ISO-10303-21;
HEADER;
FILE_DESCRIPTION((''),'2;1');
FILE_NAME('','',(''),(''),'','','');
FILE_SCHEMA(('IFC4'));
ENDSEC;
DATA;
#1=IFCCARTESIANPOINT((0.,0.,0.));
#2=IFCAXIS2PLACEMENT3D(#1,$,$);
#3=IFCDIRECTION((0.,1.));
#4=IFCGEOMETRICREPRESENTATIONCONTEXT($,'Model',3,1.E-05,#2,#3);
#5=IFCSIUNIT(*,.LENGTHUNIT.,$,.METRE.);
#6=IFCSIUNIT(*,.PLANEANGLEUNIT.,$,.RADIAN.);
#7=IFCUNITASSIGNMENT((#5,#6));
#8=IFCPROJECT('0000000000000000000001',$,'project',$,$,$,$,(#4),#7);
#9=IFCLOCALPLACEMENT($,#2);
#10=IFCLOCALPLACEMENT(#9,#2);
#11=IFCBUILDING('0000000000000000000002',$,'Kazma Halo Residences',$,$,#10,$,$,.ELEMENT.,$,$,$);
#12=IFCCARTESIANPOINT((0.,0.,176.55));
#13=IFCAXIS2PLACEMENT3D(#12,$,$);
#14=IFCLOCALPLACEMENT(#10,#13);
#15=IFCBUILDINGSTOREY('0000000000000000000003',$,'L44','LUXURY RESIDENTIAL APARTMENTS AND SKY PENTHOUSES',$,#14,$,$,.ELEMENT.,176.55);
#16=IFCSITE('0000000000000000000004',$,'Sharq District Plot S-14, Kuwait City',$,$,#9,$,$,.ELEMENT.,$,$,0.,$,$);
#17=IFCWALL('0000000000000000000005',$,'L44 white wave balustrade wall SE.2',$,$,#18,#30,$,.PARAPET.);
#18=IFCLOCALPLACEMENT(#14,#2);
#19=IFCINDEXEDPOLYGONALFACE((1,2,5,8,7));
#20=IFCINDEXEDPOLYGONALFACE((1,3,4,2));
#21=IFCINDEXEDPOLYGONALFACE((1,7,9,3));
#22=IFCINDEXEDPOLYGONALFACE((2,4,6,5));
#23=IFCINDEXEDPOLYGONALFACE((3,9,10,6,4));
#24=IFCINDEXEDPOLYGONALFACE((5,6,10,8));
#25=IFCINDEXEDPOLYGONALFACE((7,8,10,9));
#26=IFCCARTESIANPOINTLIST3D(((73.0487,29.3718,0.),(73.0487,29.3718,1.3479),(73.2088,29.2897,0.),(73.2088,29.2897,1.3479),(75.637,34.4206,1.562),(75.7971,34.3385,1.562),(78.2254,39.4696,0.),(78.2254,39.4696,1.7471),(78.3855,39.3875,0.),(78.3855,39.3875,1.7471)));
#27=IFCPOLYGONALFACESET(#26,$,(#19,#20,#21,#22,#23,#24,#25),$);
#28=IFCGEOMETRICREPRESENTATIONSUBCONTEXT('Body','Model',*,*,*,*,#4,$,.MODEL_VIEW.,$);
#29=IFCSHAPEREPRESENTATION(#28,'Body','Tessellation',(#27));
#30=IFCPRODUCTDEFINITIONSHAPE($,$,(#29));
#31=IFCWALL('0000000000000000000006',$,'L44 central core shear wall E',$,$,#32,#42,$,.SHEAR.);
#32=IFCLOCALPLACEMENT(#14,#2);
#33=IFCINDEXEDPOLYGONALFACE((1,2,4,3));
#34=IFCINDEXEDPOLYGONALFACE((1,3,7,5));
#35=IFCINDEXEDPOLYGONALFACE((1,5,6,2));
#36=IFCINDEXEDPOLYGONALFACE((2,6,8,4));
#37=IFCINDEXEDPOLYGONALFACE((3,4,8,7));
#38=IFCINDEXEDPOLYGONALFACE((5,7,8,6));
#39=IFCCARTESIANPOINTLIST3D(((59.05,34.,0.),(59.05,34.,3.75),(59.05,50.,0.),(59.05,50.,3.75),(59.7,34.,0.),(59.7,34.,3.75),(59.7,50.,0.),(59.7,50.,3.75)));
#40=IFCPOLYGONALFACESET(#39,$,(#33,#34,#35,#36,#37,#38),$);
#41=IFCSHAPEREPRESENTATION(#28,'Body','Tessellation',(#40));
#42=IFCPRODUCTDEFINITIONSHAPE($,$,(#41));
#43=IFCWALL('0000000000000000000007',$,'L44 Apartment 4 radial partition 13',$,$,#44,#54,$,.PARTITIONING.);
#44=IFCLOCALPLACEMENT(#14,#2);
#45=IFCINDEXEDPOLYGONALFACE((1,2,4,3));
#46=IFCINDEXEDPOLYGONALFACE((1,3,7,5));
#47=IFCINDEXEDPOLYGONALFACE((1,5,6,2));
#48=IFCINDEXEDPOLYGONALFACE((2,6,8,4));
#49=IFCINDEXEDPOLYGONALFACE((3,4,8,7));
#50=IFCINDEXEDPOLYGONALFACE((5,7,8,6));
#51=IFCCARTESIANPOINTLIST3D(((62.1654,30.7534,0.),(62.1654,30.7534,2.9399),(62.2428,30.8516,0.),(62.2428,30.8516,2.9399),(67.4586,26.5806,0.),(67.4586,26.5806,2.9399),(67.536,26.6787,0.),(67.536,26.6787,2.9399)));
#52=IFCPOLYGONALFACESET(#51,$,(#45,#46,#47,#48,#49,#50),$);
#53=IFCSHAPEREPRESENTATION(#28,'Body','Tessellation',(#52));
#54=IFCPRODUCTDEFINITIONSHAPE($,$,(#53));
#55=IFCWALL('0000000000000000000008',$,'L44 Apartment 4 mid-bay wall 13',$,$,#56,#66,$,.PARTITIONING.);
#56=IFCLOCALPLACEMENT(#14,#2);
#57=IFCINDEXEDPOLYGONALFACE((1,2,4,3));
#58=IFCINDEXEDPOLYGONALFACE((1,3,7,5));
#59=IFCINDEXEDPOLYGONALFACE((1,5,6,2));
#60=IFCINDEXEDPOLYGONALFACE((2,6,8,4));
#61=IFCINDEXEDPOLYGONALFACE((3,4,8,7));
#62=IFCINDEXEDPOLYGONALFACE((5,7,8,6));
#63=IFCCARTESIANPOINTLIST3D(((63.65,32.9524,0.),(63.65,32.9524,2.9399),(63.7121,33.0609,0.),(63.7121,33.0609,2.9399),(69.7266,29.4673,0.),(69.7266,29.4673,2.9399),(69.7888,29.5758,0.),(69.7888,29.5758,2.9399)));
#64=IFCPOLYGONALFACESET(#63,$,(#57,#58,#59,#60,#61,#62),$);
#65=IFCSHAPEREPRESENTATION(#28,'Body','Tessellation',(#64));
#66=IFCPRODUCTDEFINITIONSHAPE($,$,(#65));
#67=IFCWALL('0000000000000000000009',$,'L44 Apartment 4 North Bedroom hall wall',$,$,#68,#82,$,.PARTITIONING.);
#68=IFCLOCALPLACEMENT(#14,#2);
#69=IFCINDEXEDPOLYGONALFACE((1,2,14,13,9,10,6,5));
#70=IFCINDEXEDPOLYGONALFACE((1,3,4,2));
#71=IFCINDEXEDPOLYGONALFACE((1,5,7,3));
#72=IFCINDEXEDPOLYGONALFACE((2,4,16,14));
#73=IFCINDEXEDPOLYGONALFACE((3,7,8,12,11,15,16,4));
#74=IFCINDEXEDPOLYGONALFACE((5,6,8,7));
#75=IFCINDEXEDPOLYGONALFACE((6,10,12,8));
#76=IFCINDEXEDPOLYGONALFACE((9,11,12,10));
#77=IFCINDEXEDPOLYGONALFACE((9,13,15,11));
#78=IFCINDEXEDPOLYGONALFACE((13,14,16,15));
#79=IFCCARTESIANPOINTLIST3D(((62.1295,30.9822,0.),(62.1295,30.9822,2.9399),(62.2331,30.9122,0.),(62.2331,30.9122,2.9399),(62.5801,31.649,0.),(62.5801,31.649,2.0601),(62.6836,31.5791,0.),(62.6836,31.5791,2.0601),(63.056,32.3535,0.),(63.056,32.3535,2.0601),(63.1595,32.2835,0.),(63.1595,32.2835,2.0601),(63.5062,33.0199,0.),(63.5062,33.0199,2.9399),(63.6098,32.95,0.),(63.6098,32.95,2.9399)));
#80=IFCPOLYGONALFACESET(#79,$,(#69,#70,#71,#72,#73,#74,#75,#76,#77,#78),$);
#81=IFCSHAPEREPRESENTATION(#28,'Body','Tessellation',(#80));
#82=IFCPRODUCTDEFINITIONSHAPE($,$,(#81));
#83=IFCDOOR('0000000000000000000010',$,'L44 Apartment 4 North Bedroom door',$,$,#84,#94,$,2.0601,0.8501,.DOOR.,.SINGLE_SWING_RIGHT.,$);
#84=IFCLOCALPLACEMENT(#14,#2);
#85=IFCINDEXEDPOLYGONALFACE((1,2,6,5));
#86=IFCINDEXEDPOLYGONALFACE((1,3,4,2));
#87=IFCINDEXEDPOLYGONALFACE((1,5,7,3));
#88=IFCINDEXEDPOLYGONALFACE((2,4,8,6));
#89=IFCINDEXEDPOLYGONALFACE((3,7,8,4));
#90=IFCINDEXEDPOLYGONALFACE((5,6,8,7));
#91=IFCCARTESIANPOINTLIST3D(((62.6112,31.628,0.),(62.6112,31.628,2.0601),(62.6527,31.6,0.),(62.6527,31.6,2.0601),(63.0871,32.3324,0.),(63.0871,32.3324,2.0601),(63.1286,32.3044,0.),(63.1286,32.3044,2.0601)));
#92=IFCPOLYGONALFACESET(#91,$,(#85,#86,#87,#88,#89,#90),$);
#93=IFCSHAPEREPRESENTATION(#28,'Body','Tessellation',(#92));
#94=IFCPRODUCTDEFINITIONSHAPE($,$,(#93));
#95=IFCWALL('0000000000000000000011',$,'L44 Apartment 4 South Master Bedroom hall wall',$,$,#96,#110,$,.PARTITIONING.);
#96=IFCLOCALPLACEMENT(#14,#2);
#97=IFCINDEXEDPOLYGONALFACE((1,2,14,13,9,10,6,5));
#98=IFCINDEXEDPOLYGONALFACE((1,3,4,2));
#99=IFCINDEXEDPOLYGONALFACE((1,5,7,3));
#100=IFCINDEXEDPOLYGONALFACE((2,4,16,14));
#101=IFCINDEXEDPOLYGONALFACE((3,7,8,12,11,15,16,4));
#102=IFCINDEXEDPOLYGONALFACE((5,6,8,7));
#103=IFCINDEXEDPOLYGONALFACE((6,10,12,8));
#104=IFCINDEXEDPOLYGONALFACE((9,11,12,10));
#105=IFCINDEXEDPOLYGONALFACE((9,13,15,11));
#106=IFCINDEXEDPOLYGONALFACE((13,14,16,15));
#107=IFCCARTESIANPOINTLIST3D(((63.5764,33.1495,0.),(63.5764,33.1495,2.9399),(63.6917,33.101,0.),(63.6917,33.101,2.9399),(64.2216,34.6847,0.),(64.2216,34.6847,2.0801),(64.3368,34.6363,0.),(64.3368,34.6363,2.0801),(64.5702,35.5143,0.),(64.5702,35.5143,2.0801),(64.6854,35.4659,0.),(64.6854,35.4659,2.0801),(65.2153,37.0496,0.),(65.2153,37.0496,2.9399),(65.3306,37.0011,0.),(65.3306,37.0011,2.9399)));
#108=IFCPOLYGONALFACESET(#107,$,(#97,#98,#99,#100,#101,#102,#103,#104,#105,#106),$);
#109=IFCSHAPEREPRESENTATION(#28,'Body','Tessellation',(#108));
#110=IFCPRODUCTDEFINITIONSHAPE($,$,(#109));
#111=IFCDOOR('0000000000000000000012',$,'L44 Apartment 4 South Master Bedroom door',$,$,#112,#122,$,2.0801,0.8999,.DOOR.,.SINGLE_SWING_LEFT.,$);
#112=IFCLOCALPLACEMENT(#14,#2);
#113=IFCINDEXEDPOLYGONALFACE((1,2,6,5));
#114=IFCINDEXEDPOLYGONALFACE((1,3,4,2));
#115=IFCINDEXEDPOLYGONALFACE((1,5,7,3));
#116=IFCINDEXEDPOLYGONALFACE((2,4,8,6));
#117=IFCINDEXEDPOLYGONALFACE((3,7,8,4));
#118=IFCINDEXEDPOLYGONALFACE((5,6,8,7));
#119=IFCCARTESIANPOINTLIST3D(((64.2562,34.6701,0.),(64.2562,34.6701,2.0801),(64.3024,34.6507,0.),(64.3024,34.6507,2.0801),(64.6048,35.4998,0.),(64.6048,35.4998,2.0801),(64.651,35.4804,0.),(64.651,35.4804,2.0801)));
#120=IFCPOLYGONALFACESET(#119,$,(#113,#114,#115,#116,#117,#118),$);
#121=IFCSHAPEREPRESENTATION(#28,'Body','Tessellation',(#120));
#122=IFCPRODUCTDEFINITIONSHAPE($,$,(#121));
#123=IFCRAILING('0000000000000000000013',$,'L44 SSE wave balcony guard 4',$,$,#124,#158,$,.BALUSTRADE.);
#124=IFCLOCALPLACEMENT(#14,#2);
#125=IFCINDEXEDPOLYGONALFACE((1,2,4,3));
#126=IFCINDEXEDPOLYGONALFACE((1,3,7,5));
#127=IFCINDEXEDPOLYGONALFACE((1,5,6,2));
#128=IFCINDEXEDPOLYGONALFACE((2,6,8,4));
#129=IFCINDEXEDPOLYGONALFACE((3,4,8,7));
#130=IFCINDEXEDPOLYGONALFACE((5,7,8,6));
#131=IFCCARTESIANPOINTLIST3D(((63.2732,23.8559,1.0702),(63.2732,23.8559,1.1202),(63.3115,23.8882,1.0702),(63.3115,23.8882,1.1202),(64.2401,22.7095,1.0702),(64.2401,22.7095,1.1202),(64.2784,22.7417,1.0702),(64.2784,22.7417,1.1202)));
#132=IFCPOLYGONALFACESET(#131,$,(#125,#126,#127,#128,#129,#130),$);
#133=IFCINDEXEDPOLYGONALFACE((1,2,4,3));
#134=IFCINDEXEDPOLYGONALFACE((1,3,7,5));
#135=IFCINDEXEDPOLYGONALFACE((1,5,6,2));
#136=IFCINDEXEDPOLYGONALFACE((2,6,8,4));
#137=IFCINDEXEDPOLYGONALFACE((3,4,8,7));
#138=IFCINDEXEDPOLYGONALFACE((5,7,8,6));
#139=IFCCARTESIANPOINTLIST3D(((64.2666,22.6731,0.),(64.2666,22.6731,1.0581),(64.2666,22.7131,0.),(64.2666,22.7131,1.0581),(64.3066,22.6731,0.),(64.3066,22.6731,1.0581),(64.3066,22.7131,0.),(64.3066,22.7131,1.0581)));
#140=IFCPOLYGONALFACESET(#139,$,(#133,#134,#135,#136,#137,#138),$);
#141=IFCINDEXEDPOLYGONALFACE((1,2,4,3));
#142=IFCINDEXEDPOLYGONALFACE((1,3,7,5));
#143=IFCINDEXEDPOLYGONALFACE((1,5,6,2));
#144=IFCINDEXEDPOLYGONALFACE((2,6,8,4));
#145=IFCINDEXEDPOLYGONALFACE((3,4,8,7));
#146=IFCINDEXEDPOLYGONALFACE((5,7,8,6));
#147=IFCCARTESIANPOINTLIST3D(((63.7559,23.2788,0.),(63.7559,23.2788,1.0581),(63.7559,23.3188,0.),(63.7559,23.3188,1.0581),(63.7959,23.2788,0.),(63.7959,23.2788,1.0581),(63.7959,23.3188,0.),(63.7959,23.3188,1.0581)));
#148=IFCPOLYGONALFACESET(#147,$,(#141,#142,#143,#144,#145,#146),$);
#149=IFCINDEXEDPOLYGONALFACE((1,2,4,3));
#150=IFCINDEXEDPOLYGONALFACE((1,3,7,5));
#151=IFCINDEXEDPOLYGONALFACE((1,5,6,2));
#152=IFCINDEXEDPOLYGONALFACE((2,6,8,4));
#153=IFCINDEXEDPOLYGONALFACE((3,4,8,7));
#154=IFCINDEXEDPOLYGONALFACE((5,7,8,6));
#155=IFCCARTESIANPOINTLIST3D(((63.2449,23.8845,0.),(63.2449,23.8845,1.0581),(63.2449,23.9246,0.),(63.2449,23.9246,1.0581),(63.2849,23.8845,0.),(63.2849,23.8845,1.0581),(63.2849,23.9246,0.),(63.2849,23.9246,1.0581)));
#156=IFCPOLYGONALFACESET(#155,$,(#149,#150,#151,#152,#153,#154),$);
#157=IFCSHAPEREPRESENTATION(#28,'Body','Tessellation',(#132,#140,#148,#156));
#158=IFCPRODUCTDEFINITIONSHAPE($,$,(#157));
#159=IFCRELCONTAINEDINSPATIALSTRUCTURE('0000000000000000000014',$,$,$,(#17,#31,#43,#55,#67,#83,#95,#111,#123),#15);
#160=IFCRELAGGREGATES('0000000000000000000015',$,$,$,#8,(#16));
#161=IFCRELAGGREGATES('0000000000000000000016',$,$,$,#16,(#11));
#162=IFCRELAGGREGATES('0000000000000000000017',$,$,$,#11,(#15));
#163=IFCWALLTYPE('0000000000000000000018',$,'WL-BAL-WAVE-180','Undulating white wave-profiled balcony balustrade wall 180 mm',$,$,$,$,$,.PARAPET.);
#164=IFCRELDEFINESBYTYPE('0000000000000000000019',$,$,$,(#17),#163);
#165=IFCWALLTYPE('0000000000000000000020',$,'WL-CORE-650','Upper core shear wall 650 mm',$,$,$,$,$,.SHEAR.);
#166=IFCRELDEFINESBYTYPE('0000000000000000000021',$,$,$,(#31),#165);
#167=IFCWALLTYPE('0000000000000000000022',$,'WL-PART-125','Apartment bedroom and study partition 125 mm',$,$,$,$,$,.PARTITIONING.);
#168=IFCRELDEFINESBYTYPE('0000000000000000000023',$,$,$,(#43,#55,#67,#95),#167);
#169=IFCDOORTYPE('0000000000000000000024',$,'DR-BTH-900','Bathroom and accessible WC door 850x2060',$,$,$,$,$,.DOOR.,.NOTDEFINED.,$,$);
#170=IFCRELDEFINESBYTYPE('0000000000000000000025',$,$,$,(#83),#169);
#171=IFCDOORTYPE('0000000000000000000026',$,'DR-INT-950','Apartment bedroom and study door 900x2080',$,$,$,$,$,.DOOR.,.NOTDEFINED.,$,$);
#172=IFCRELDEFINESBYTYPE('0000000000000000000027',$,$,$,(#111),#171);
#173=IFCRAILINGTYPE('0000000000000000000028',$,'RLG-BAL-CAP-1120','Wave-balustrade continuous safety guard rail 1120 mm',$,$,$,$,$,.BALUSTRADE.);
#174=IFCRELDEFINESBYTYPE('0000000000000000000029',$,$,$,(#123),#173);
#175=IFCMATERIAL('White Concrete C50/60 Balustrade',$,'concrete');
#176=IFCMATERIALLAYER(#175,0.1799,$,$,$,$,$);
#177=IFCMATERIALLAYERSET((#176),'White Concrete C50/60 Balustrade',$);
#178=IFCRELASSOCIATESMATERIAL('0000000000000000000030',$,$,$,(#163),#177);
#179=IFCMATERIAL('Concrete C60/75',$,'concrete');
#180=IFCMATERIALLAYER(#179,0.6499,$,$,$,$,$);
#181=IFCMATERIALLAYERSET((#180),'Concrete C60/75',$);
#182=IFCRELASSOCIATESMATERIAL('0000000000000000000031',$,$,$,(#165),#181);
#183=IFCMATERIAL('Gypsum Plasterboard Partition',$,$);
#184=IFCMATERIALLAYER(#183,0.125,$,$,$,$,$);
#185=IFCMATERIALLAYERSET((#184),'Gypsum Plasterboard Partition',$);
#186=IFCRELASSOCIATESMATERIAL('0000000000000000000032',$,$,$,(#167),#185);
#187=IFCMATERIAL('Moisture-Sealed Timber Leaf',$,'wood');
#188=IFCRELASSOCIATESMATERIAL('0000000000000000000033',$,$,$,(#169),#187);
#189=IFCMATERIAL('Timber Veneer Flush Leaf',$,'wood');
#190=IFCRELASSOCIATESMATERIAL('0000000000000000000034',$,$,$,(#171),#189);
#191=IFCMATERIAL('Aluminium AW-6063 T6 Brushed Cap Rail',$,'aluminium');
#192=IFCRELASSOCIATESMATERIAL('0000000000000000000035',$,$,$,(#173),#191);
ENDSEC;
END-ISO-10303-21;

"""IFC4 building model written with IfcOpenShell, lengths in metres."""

from ifc_helpers import new_model, si_unit, direction, frame, frame_2d, origin, origin_2d, place, context, subcontext, project, spatial, polyline, rectangle, outline, extrude, material, layer, layer_set, type_object, element, fill, save


model = new_model("IFC4")

# Units and contexts
model_context = context("Model", 3, precision=1e-05, world=origin(), true_north=direction((0.0, 1.0)))
body_context = subcontext(model_context, "Body", "Model", "MODEL_VIEW")
ifc_project = project(units=[si_unit("LENGTHUNIT", "METRE"), si_unit("PLANEANGLEUNIT", "RADIAN")], contexts=[model_context])

# Site, building, storey
site_placement = place(None, origin())
site = spatial("IfcSite", under=ifc_project, at=site_placement, Name="Sharq District Plot S-14, Kuwait City", CompositionType="ELEMENT", RefElevation=0.0)
building_placement = place(site_placement, origin())
building = spatial("IfcBuilding", under=site, at=building_placement, Name="Kazma Halo Residences", CompositionType="ELEMENT")
storey_placement = place(building_placement, frame((0.0, 0.0, 176.55)))
storey = spatial("IfcBuildingStorey", under=building, at=storey_placement, Name="L44", Description="LUXURY RESIDENTIAL APARTMENTS AND SKY PENTHOUSES", CompositionType="ELEMENT", Elevation=176.55)

# Walls
ifc_material_1 = material(Name="White Concrete C50/60 Balustrade", Category="concrete")
ifc_layer_1 = layer(ifc_material_1, 0.1799)
ifc_layer_set_1 = layer_set([ifc_layer_1], Name="White Concrete C50/60 Balustrade")
wall_type_1 = type_object("IfcWallType", Name="WL-BAL-WAVE-180", Description="Undulating white wave-profiled balcony balustrade wall 180 mm", PredefinedType="PARAPET", material=ifc_layer_set_1)
wall_1_placement = place(storey_placement, frame((73.1287, 29.3308, 0.0), z_axis=(0.0, 0.0, 1.0), x_axis=(0.456201, 0.889877, 0.0)))
element("IfcWall", 1, at=wall_1_placement, inside=storey, type_object=wall_type_1, Name="L44 white wave balustrade wall SE.2", PredefinedType="PARAPET", context=body_context, shape_type="SweptSolid", body=[
    extrude(outline(polyline([(0.0, 0.0), (11.3474, 0.0), (11.3474, 1.7471), (5.6736, 1.562), (0.0, 1.3479), (0.0, 0.0)])), frame((0.0, 0.0898, 0.0), z_axis=(0.0, -1.0, 0.0), x_axis=(1.0, 0.0, 0.0)), (0.0, 0.0, 1.0), 0.1799),
])
ifc_material_2 = material(Name="Concrete C60/75", Category="concrete")
ifc_layer_2 = layer(ifc_material_2, 0.6499)
ifc_layer_set_2 = layer_set([ifc_layer_2], Name="Concrete C60/75")
wall_type_2 = type_object("IfcWallType", Name="WL-CORE-650", Description="Upper core shear wall 650 mm", PredefinedType="SHEAR", material=ifc_layer_set_2)
wall_2_placement = place(storey_placement, frame((59.375, 34.0, 0.0), z_axis=(0.0, 0.0, 1.0), x_axis=(0.0, 1.0, 0.0)))
element("IfcWall", 2, at=wall_2_placement, inside=storey, type_object=wall_type_2, Name="L44 central core shear wall E", PredefinedType="SHEAR", context=body_context, shape_type="SweptSolid", body=[
    extrude(rectangle(XDim=16.0, YDim=0.6499, at=frame_2d((8.0, 0.0))), origin(), (0.0, 0.0, 1.0), 3.75),
])

# Walls
ifc_material_3 = material(Name="Gypsum Plasterboard Partition")
ifc_layer_3 = layer(ifc_material_3, 0.125)
ifc_layer_set_3 = layer_set([ifc_layer_3], Name="Gypsum Plasterboard Partition")
wall_type_3 = type_object("IfcWallType", Name="WL-PART-125", Description="Apartment bedroom and study partition 125 mm", PredefinedType="PARTITIONING", material=ifc_layer_set_3)
wall_3_placement = place(storey_placement, frame((62.2041, 30.8025, 0.0), z_axis=(0.0, 0.0, 1.0), x_axis=(0.785316, -0.619096, 0.0)))
element("IfcWall", 3, at=wall_3_placement, inside=storey, type_object=wall_type_3, Name="L44 Apartment 4 radial partition 13", PredefinedType="PARTITIONING", context=body_context, shape_type="SweptSolid", body=[
    extrude(rectangle(XDim=6.7402, YDim=0.125, at=frame_2d((3.3701, 0.0))), origin(), (0.0, 0.0, 1.0), 2.9399),
])
wall_4_placement = place(storey_placement, frame((63.6812, 33.0066, 0.0), z_axis=(0.0, 0.0, 1.0), x_axis=(0.867459, -0.497508, 0.0)))
element("IfcWall", 4, at=wall_4_placement, inside=storey, type_object=wall_type_3, Name="L44 Apartment 4 mid-bay wall 13", PredefinedType="PARTITIONING", context=body_context, shape_type="SweptSolid", body=[
    extrude(rectangle(XDim=7.0051, YDim=0.125, at=frame_2d((3.5024, 0.0))), origin(), (0.0, 0.0, 1.0), 2.9399),
])

# Walls, openings, doors
wall_5_placement = place(storey_placement, frame((62.1814, 30.9473, 0.0), z_axis=(0.0, 0.0, 1.0), x_axis=(0.559798, 0.828629, 0.0)))
wall_5 = element("IfcWall", 5, at=wall_5_placement, inside=storey, type_object=wall_type_3, Name="L44 Apartment 4 North Bedroom hall wall", PredefinedType="PARTITIONING", context=body_context, shape_type="SweptSolid", body=[
    extrude(rectangle(XDim=2.4592, YDim=0.125, at=frame_2d((1.2295, 0.0))), origin(), (0.0, 0.0, 1.0), 2.9399),
])
opening_1_placement = place(wall_5_placement, frame((0.8047, 0.0, 0.0)))
opening_1 = element("IfcOpeningElement", 6, at=opening_1_placement, cuts=wall_5, PredefinedType="OPENING", context=body_context, shape_type="SweptSolid", body=[
    extrude(rectangle(XDim=0.8501, YDim=2.0601, at=frame_2d((0.425, 1.03))), frame((0.0, 0.0725, 0.0), z_axis=(0.0, -1.0, 0.0), x_axis=(1.0, 0.0, 0.0)), (0.0, 0.0, 1.0), 0.145),
])
ifc_material_4 = material(Name="Moisture-Sealed Timber Leaf", Category="wood")
door_type_1 = type_object("IfcDoorType", Name="DR-BTH-900", Description="Bathroom and accessible WC door 850x2060", OperationType="NOTDEFINED", PredefinedType="DOOR", material=ifc_material_4)
door_1_placement = place(opening_1_placement, origin())
door_1 = element("IfcDoor", 7, at=door_1_placement, inside=storey, type_object=door_type_1, Name="L44 Apartment 4 North Bedroom door", OperationType="SINGLE_SWING_RIGHT", OverallHeight=2.0601, OverallWidth=0.8501, PredefinedType="DOOR", context=body_context, shape_type="SweptSolid", body=[
    extrude(rectangle(XDim=0.8501, YDim=2.0601, at=frame_2d((0.425, 1.03))), frame((0.0, 0.0249, 0.0), z_axis=(0.0, -1.0, 0.0), x_axis=(1.0, 0.0, 0.0)), (0.0, 0.0, 1.0), 0.05),
])
fill(opening_1, door_1)
wall_6_placement = place(storey_placement, frame((63.634, 33.1252, 0.0), z_axis=(0.0, 0.0, 1.0), x_axis=(0.387404, 0.92191, 0.0)))
wall_6 = element("IfcWall", 8, at=wall_6_placement, inside=storey, type_object=wall_type_3, Name="L44 Apartment 4 South Master Bedroom hall wall", PredefinedType="PARTITIONING", context=body_context, shape_type="SweptSolid", body=[
    extrude(rectangle(XDim=4.2305, YDim=0.125, at=frame_2d((2.1152, 0.0))), origin(), (0.0, 0.0, 1.0), 2.9399),
])
opening_2_placement = place(wall_6_placement, frame((1.6653, 0.0, 0.0)))
opening_2 = element("IfcOpeningElement", 9, at=opening_2_placement, cuts=wall_6, PredefinedType="OPENING", context=body_context, shape_type="SweptSolid", body=[
    extrude(rectangle(XDim=0.8999, YDim=2.0801, at=frame_2d((0.45, 1.04))), frame((0.0, 0.0725, 0.0), z_axis=(0.0, -1.0, 0.0), x_axis=(1.0, 0.0, 0.0)), (0.0, 0.0, 1.0), 0.145),
])
ifc_material_5 = material(Name="Timber Veneer Flush Leaf", Category="wood")
door_type_2 = type_object("IfcDoorType", Name="DR-INT-950", Description="Apartment bedroom and study door 900x2080", OperationType="NOTDEFINED", PredefinedType="DOOR", material=ifc_material_5)
door_2_placement = place(opening_2_placement, origin())
door_2 = element("IfcDoor", 10, at=door_2_placement, inside=storey, type_object=door_type_2, Name="L44 Apartment 4 South Master Bedroom door", OperationType="SINGLE_SWING_LEFT", OverallHeight=2.0801, OverallWidth=0.8999, PredefinedType="DOOR", context=body_context, shape_type="SweptSolid", body=[
    extrude(rectangle(XDim=0.8999, YDim=2.0801, at=frame_2d((0.45, 1.04))), frame((0.0, 0.0249, 0.0), z_axis=(0.0, -1.0, 0.0), x_axis=(1.0, 0.0, 0.0)), (0.0, 0.0, 1.0), 0.05),
])
fill(opening_2, door_2)

# Railing
ifc_material_6 = material(Name="Aluminium AW-6063 T6 Brushed Cap Rail", Category="aluminium")
railing_type = type_object("IfcRailingType", Name="RLG-BAL-CAP-1120", Description="Wave-balustrade continuous safety guard rail 1120 mm", PredefinedType="BALUSTRADE", material=ifc_material_6)
railing_1_placement = place(storey_placement, frame((64.2866, 22.6931, 0.0)))
element("IfcRailing", 11, at=railing_1_placement, inside=storey, type_object=railing_type, Name="L44 SSE wave balcony guard 4", PredefinedType="BALUSTRADE", context=body_context, shape_type="SweptSolid", body=[
    extrude(rectangle(XDim=0.05, YDim=0.05, at=origin_2d()), frame((-0.0273, 0.0325, 1.0952), z_axis=(-0.644719, 0.76442, 0.0), x_axis=(-0.76442, -0.644719, 0.0)), (0.0, 0.0, 1.0), 1.4998),
    extrude(rectangle(XDim=0.04, YDim=0.04, at=origin_2d()), origin(), (0.0, 0.0, 1.0), 1.0581),
    extrude(rectangle(XDim=0.04, YDim=0.04, at=origin_2d()), frame((-0.5107, 0.6057, 0.0)), (0.0, 0.0, 1.0), 1.0581),
    extrude(rectangle(XDim=0.04, YDim=0.04, at=origin_2d()), frame((-1.0217, 1.2114, 0.0)), (0.0, 0.0, 1.0), 1.0581),
])

save(model, "model.ifc")
